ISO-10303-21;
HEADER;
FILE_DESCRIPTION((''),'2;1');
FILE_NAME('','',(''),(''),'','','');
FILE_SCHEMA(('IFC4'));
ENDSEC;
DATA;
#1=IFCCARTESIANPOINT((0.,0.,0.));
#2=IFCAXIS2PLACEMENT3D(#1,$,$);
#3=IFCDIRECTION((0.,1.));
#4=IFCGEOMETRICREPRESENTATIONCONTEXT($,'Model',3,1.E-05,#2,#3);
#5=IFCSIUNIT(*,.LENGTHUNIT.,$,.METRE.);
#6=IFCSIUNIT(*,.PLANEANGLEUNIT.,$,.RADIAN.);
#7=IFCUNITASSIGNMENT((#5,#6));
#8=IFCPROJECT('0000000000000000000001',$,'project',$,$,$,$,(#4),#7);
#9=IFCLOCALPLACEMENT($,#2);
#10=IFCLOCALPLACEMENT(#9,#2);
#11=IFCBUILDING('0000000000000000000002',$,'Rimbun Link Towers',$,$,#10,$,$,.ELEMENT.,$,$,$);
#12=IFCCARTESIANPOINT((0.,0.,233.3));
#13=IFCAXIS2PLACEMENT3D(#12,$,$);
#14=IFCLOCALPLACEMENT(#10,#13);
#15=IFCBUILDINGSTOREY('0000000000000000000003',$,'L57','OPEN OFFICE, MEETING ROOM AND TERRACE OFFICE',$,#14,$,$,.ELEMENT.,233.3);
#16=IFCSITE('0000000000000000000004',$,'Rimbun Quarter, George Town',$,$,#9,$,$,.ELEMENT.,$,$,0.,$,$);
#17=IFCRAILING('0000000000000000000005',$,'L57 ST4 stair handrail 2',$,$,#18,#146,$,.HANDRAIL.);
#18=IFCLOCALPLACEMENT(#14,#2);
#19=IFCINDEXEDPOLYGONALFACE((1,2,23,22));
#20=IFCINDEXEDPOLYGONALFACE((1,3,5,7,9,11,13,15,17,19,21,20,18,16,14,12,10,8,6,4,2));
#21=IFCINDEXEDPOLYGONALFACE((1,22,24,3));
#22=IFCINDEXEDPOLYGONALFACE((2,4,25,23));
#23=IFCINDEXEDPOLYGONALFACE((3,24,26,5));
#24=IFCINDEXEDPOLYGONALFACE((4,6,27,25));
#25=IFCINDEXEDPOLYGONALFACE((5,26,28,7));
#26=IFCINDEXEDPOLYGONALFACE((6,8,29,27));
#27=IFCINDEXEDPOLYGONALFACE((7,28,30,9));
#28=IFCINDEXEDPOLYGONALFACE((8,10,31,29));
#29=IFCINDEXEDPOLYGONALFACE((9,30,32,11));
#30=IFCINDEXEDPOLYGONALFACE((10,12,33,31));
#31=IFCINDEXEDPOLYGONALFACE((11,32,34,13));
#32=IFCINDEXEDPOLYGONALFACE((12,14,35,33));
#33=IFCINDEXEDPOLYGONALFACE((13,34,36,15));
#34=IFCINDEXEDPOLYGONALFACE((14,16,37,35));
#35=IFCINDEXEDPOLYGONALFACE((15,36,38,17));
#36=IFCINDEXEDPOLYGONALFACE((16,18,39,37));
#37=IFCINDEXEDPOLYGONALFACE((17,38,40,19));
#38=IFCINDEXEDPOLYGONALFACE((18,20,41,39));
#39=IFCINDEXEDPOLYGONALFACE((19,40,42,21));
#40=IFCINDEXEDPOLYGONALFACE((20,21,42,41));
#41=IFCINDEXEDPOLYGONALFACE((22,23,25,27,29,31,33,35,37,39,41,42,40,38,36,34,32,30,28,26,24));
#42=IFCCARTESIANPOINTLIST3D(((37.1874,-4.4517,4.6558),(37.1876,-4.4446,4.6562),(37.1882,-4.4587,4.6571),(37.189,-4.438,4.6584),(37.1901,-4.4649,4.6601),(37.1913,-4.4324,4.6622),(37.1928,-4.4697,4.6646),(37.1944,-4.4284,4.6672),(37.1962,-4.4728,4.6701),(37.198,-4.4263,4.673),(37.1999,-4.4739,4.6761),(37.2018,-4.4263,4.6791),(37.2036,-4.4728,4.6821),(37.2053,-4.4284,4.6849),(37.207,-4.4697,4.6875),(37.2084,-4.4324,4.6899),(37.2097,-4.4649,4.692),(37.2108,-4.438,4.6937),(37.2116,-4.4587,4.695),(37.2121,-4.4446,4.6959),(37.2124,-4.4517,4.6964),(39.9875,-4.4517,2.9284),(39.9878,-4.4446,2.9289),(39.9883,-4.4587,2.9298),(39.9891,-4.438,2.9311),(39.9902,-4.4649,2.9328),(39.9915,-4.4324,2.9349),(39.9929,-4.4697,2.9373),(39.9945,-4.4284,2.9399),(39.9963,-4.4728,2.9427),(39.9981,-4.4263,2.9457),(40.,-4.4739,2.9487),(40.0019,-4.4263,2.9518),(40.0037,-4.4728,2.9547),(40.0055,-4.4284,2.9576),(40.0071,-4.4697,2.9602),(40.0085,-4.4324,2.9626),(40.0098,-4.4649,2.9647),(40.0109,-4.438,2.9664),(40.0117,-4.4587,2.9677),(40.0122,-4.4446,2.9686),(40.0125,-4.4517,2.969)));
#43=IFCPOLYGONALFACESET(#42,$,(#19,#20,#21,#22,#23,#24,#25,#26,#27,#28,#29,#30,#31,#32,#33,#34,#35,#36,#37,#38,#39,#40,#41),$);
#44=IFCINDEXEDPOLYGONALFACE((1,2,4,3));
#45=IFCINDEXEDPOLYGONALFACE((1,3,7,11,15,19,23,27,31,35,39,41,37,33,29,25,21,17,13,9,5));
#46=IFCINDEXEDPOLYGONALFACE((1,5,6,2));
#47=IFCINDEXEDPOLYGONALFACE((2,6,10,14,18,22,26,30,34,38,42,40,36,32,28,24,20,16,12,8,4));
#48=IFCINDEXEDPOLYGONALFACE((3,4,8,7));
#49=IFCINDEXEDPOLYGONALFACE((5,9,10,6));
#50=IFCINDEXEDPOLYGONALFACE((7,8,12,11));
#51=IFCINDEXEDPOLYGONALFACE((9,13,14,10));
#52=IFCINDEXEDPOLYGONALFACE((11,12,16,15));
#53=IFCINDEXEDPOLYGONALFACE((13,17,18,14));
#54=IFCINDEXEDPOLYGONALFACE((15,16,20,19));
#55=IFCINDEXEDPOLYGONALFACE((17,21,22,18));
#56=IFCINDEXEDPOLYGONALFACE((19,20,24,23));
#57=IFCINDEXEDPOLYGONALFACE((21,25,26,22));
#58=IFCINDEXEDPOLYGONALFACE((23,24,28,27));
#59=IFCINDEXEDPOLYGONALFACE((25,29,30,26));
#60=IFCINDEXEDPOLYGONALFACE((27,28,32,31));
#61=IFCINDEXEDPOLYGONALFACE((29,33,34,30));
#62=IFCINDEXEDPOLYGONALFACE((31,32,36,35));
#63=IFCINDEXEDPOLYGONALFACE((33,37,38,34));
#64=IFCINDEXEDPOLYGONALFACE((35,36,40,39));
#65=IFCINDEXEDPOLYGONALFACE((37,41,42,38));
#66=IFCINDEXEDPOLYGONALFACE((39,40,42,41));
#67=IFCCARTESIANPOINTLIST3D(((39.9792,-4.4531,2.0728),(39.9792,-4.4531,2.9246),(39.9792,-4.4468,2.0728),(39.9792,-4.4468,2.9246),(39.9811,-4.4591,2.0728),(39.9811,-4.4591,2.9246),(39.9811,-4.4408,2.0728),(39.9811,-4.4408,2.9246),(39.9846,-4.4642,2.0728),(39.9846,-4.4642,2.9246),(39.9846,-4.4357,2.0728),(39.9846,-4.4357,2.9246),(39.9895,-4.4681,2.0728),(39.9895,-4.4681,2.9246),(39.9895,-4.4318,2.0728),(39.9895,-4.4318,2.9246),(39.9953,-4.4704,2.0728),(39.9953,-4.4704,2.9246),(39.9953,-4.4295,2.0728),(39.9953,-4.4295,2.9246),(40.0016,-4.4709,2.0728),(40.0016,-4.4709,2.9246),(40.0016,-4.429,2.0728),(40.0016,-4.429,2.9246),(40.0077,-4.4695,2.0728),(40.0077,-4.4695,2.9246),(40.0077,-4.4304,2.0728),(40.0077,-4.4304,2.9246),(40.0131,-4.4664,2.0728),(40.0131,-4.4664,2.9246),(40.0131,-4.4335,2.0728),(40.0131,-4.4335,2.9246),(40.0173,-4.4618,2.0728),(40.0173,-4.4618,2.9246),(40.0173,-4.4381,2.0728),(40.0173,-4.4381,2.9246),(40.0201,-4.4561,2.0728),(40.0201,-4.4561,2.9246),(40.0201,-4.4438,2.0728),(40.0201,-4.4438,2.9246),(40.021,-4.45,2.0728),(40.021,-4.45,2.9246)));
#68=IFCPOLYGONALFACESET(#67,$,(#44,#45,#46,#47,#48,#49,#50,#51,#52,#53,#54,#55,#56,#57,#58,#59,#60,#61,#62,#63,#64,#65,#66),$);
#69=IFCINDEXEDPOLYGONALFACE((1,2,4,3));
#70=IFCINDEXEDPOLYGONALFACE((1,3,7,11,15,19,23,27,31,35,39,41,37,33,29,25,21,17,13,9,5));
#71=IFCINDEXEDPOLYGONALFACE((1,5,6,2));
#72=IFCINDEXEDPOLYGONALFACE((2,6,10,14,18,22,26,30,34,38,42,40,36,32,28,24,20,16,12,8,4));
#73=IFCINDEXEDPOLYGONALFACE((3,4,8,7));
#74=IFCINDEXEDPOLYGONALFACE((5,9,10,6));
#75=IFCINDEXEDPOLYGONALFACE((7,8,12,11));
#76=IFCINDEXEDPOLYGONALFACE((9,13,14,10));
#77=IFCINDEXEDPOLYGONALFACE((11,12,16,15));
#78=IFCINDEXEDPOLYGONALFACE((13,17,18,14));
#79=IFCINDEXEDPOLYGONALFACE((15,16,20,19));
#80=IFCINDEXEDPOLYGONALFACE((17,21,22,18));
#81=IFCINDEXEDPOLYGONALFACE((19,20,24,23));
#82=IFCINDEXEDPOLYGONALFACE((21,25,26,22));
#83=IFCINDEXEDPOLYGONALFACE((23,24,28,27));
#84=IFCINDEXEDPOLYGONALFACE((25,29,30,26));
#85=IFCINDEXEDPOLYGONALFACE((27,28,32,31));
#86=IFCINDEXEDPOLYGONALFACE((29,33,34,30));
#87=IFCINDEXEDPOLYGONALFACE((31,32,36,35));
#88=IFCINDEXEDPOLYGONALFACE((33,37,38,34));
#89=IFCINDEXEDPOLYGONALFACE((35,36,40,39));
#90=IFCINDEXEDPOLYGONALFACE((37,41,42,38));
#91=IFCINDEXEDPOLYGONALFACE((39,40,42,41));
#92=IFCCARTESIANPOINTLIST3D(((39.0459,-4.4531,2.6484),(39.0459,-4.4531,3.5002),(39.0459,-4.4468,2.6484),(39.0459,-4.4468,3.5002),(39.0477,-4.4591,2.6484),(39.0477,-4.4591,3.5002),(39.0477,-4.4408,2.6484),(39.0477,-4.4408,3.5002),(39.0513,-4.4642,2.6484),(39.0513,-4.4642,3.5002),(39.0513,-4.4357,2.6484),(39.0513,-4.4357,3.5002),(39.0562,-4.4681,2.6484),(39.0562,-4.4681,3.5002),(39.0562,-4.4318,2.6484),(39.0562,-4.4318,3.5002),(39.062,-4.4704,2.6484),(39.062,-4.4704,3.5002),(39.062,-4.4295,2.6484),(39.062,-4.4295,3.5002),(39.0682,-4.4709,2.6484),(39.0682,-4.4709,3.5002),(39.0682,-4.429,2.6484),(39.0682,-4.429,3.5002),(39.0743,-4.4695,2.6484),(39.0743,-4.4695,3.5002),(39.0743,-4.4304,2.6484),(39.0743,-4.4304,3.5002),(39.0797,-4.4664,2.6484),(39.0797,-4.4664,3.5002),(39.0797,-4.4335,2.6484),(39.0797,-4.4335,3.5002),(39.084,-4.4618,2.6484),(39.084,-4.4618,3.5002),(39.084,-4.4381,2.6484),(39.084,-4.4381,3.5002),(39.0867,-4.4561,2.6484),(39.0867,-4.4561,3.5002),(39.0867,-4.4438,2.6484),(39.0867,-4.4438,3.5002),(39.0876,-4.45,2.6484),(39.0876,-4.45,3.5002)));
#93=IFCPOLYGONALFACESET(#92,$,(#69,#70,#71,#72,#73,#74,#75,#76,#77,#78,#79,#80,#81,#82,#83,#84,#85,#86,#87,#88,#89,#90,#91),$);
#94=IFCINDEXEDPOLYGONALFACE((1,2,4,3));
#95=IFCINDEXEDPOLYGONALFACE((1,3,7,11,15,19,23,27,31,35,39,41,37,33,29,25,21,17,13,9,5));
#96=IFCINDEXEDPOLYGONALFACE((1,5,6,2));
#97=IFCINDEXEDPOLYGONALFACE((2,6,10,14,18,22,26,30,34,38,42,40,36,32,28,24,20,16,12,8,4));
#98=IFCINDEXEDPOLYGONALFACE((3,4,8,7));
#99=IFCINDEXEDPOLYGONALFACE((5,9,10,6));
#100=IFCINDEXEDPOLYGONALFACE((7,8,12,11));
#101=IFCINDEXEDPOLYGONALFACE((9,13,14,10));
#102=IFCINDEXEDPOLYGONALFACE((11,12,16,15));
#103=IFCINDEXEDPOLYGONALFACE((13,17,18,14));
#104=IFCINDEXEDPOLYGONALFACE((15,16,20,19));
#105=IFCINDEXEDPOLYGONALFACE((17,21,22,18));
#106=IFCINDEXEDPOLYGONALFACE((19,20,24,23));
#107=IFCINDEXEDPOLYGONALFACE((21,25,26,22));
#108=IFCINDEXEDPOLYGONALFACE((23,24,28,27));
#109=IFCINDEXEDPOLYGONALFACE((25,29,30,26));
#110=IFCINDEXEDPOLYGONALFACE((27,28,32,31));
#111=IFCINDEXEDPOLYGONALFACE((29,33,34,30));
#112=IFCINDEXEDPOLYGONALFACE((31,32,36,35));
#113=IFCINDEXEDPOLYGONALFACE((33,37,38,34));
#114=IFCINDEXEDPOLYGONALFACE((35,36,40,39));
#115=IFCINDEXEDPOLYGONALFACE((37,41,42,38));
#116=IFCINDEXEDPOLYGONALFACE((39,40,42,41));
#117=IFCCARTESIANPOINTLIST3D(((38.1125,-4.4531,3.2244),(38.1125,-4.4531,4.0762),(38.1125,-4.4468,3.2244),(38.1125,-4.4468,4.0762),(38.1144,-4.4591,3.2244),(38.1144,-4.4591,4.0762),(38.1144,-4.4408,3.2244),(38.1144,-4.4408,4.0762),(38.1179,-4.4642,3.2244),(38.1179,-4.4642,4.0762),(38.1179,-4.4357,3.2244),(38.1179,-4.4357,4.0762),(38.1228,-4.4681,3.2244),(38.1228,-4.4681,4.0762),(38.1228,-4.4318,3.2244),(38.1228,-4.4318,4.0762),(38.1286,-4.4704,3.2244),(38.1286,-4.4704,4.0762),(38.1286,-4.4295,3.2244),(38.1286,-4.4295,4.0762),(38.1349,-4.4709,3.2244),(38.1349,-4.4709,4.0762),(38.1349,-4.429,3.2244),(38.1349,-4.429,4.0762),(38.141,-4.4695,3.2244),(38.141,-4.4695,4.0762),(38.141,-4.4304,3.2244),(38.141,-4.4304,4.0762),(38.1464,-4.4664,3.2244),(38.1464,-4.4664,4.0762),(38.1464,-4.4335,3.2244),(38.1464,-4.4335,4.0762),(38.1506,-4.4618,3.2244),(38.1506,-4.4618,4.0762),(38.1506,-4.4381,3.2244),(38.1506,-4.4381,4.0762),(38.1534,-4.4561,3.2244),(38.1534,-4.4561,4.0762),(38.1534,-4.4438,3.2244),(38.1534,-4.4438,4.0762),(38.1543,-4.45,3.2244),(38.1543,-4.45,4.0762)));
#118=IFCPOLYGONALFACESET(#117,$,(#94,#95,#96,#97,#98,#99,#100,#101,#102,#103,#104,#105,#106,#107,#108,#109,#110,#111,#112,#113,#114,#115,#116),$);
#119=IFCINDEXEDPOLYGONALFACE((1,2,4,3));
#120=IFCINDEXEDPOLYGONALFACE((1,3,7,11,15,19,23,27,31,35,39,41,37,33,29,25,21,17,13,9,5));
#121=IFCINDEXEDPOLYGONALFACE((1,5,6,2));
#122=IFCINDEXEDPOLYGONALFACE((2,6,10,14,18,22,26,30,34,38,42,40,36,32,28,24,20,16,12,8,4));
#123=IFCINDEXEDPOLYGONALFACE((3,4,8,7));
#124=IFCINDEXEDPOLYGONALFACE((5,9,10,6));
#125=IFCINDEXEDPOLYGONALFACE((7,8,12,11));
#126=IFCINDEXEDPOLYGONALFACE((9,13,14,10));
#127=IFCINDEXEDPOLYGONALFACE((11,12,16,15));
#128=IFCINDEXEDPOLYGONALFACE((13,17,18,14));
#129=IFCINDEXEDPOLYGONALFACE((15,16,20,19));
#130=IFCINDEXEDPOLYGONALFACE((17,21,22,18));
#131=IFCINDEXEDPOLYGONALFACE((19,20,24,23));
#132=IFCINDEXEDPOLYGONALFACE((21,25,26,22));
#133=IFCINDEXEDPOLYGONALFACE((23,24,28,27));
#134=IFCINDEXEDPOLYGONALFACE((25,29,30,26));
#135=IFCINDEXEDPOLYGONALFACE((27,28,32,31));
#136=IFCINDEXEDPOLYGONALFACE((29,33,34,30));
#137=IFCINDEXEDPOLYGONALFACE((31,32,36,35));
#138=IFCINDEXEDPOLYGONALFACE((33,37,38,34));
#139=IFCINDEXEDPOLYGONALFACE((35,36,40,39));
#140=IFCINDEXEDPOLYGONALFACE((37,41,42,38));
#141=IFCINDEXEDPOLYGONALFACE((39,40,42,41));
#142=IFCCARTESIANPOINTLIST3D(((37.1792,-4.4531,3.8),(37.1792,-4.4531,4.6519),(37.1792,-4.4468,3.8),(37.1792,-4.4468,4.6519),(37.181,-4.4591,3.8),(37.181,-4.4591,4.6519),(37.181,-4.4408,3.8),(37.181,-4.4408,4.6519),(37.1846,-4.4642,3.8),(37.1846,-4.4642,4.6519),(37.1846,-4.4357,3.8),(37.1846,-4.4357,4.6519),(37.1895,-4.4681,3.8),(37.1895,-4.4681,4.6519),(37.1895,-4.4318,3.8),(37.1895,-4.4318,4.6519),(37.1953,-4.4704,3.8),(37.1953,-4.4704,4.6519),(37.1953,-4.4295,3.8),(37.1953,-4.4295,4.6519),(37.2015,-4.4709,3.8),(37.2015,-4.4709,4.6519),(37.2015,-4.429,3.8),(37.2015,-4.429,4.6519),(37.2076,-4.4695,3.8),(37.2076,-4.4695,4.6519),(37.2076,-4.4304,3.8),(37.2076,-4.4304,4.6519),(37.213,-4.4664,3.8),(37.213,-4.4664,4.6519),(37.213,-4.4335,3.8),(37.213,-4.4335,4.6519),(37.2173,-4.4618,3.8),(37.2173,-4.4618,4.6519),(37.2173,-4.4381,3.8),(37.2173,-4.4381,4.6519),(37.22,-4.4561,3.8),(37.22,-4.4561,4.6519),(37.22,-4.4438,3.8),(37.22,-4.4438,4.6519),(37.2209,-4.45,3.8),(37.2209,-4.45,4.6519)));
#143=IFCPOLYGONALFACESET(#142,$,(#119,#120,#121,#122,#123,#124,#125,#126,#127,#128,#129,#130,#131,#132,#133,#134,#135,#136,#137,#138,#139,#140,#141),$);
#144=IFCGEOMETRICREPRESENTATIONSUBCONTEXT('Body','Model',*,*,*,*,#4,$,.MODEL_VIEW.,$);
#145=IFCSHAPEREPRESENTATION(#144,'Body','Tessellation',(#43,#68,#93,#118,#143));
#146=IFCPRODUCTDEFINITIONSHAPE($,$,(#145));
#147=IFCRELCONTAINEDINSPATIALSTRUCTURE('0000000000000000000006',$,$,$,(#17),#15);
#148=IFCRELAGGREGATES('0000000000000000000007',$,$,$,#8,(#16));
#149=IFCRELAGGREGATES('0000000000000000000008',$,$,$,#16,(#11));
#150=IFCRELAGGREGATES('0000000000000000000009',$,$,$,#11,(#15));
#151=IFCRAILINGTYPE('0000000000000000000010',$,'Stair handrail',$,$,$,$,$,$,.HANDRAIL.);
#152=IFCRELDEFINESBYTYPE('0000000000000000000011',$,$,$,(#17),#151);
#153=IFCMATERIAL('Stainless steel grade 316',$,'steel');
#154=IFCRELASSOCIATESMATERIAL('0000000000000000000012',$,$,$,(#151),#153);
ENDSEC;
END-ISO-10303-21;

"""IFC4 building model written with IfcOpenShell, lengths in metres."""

from ifc_helpers import new_model, si_unit, direction, frame, origin, origin_2d, place, context, subcontext, project, spatial, circle, extrude, material, type_object, element, save


model = new_model("IFC4")

# Units and contexts
model_context = context("Model", 3, precision=1e-05, world=origin(), true_north=direction((0.0, 1.0)))
body_context = subcontext(model_context, "Body", "Model", "MODEL_VIEW")
ifc_project = project(units=[si_unit("LENGTHUNIT", "METRE"), si_unit("PLANEANGLEUNIT", "RADIAN")], contexts=[model_context])

# Site, building, storey
site_placement = place(None, origin())
site = spatial("IfcSite", under=ifc_project, at=site_placement, Name="Rimbun Quarter, George Town", CompositionType="ELEMENT", RefElevation=0.0)
building_placement = place(site_placement, origin())
building = spatial("IfcBuilding", under=site, at=building_placement, Name="Rimbun Link Towers", CompositionType="ELEMENT")
storey_placement = place(building_placement, frame((0.0, 0.0, 233.3)))
storey = spatial("IfcBuildingStorey", under=building, at=storey_placement, Name="L57", Description="OPEN OFFICE, MEETING ROOM AND TERRACE OFFICE", CompositionType="ELEMENT", Elevation=233.3)

# Railing
ifc_material_1 = material(Name="Stainless steel grade 316", Category="steel")
railing_type_1 = type_object("IfcRailingType", Name="Stair handrail", PredefinedType="HANDRAIL", material=ifc_material_1)
railing_1_placement = place(storey_placement, frame((40.0, -4.45, 2.0728)))
element("IfcRailing", 1, at=railing_1_placement, inside=storey, type_object=railing_type_1, Name="L57 ST4 stair handrail 2", PredefinedType="HANDRAIL", context=body_context, shape_type="SweptSolid", body=[
    extrude(circle(Radius=0.0239, at=origin_2d()), frame((0.0, 0.0, 0.876), z_axis=(-0.85109, 0.0, 0.52502), x_axis=(0.0, -1.0, 0.0)), (0.0, 0.0, 1.0), 3.29),
    extrude(circle(Radius=0.021, at=origin_2d()), origin(), (0.0, 0.0, 1.0), 0.8518),
    extrude(circle(Radius=0.021, at=origin_2d()), frame((-0.9333, 0.0, 0.5757)), (0.0, 0.0, 1.0), 0.8518),
    extrude(circle(Radius=0.021, at=origin_2d()), frame((-1.8667, 0.0, 1.1516)), (0.0, 0.0, 1.0), 0.8518),
    extrude(circle(Radius=0.021, at=origin_2d()), frame((-2.8, 0.0, 1.7273)), (0.0, 0.0, 1.0), 0.8518),
])

save(model, "model.ifc")
